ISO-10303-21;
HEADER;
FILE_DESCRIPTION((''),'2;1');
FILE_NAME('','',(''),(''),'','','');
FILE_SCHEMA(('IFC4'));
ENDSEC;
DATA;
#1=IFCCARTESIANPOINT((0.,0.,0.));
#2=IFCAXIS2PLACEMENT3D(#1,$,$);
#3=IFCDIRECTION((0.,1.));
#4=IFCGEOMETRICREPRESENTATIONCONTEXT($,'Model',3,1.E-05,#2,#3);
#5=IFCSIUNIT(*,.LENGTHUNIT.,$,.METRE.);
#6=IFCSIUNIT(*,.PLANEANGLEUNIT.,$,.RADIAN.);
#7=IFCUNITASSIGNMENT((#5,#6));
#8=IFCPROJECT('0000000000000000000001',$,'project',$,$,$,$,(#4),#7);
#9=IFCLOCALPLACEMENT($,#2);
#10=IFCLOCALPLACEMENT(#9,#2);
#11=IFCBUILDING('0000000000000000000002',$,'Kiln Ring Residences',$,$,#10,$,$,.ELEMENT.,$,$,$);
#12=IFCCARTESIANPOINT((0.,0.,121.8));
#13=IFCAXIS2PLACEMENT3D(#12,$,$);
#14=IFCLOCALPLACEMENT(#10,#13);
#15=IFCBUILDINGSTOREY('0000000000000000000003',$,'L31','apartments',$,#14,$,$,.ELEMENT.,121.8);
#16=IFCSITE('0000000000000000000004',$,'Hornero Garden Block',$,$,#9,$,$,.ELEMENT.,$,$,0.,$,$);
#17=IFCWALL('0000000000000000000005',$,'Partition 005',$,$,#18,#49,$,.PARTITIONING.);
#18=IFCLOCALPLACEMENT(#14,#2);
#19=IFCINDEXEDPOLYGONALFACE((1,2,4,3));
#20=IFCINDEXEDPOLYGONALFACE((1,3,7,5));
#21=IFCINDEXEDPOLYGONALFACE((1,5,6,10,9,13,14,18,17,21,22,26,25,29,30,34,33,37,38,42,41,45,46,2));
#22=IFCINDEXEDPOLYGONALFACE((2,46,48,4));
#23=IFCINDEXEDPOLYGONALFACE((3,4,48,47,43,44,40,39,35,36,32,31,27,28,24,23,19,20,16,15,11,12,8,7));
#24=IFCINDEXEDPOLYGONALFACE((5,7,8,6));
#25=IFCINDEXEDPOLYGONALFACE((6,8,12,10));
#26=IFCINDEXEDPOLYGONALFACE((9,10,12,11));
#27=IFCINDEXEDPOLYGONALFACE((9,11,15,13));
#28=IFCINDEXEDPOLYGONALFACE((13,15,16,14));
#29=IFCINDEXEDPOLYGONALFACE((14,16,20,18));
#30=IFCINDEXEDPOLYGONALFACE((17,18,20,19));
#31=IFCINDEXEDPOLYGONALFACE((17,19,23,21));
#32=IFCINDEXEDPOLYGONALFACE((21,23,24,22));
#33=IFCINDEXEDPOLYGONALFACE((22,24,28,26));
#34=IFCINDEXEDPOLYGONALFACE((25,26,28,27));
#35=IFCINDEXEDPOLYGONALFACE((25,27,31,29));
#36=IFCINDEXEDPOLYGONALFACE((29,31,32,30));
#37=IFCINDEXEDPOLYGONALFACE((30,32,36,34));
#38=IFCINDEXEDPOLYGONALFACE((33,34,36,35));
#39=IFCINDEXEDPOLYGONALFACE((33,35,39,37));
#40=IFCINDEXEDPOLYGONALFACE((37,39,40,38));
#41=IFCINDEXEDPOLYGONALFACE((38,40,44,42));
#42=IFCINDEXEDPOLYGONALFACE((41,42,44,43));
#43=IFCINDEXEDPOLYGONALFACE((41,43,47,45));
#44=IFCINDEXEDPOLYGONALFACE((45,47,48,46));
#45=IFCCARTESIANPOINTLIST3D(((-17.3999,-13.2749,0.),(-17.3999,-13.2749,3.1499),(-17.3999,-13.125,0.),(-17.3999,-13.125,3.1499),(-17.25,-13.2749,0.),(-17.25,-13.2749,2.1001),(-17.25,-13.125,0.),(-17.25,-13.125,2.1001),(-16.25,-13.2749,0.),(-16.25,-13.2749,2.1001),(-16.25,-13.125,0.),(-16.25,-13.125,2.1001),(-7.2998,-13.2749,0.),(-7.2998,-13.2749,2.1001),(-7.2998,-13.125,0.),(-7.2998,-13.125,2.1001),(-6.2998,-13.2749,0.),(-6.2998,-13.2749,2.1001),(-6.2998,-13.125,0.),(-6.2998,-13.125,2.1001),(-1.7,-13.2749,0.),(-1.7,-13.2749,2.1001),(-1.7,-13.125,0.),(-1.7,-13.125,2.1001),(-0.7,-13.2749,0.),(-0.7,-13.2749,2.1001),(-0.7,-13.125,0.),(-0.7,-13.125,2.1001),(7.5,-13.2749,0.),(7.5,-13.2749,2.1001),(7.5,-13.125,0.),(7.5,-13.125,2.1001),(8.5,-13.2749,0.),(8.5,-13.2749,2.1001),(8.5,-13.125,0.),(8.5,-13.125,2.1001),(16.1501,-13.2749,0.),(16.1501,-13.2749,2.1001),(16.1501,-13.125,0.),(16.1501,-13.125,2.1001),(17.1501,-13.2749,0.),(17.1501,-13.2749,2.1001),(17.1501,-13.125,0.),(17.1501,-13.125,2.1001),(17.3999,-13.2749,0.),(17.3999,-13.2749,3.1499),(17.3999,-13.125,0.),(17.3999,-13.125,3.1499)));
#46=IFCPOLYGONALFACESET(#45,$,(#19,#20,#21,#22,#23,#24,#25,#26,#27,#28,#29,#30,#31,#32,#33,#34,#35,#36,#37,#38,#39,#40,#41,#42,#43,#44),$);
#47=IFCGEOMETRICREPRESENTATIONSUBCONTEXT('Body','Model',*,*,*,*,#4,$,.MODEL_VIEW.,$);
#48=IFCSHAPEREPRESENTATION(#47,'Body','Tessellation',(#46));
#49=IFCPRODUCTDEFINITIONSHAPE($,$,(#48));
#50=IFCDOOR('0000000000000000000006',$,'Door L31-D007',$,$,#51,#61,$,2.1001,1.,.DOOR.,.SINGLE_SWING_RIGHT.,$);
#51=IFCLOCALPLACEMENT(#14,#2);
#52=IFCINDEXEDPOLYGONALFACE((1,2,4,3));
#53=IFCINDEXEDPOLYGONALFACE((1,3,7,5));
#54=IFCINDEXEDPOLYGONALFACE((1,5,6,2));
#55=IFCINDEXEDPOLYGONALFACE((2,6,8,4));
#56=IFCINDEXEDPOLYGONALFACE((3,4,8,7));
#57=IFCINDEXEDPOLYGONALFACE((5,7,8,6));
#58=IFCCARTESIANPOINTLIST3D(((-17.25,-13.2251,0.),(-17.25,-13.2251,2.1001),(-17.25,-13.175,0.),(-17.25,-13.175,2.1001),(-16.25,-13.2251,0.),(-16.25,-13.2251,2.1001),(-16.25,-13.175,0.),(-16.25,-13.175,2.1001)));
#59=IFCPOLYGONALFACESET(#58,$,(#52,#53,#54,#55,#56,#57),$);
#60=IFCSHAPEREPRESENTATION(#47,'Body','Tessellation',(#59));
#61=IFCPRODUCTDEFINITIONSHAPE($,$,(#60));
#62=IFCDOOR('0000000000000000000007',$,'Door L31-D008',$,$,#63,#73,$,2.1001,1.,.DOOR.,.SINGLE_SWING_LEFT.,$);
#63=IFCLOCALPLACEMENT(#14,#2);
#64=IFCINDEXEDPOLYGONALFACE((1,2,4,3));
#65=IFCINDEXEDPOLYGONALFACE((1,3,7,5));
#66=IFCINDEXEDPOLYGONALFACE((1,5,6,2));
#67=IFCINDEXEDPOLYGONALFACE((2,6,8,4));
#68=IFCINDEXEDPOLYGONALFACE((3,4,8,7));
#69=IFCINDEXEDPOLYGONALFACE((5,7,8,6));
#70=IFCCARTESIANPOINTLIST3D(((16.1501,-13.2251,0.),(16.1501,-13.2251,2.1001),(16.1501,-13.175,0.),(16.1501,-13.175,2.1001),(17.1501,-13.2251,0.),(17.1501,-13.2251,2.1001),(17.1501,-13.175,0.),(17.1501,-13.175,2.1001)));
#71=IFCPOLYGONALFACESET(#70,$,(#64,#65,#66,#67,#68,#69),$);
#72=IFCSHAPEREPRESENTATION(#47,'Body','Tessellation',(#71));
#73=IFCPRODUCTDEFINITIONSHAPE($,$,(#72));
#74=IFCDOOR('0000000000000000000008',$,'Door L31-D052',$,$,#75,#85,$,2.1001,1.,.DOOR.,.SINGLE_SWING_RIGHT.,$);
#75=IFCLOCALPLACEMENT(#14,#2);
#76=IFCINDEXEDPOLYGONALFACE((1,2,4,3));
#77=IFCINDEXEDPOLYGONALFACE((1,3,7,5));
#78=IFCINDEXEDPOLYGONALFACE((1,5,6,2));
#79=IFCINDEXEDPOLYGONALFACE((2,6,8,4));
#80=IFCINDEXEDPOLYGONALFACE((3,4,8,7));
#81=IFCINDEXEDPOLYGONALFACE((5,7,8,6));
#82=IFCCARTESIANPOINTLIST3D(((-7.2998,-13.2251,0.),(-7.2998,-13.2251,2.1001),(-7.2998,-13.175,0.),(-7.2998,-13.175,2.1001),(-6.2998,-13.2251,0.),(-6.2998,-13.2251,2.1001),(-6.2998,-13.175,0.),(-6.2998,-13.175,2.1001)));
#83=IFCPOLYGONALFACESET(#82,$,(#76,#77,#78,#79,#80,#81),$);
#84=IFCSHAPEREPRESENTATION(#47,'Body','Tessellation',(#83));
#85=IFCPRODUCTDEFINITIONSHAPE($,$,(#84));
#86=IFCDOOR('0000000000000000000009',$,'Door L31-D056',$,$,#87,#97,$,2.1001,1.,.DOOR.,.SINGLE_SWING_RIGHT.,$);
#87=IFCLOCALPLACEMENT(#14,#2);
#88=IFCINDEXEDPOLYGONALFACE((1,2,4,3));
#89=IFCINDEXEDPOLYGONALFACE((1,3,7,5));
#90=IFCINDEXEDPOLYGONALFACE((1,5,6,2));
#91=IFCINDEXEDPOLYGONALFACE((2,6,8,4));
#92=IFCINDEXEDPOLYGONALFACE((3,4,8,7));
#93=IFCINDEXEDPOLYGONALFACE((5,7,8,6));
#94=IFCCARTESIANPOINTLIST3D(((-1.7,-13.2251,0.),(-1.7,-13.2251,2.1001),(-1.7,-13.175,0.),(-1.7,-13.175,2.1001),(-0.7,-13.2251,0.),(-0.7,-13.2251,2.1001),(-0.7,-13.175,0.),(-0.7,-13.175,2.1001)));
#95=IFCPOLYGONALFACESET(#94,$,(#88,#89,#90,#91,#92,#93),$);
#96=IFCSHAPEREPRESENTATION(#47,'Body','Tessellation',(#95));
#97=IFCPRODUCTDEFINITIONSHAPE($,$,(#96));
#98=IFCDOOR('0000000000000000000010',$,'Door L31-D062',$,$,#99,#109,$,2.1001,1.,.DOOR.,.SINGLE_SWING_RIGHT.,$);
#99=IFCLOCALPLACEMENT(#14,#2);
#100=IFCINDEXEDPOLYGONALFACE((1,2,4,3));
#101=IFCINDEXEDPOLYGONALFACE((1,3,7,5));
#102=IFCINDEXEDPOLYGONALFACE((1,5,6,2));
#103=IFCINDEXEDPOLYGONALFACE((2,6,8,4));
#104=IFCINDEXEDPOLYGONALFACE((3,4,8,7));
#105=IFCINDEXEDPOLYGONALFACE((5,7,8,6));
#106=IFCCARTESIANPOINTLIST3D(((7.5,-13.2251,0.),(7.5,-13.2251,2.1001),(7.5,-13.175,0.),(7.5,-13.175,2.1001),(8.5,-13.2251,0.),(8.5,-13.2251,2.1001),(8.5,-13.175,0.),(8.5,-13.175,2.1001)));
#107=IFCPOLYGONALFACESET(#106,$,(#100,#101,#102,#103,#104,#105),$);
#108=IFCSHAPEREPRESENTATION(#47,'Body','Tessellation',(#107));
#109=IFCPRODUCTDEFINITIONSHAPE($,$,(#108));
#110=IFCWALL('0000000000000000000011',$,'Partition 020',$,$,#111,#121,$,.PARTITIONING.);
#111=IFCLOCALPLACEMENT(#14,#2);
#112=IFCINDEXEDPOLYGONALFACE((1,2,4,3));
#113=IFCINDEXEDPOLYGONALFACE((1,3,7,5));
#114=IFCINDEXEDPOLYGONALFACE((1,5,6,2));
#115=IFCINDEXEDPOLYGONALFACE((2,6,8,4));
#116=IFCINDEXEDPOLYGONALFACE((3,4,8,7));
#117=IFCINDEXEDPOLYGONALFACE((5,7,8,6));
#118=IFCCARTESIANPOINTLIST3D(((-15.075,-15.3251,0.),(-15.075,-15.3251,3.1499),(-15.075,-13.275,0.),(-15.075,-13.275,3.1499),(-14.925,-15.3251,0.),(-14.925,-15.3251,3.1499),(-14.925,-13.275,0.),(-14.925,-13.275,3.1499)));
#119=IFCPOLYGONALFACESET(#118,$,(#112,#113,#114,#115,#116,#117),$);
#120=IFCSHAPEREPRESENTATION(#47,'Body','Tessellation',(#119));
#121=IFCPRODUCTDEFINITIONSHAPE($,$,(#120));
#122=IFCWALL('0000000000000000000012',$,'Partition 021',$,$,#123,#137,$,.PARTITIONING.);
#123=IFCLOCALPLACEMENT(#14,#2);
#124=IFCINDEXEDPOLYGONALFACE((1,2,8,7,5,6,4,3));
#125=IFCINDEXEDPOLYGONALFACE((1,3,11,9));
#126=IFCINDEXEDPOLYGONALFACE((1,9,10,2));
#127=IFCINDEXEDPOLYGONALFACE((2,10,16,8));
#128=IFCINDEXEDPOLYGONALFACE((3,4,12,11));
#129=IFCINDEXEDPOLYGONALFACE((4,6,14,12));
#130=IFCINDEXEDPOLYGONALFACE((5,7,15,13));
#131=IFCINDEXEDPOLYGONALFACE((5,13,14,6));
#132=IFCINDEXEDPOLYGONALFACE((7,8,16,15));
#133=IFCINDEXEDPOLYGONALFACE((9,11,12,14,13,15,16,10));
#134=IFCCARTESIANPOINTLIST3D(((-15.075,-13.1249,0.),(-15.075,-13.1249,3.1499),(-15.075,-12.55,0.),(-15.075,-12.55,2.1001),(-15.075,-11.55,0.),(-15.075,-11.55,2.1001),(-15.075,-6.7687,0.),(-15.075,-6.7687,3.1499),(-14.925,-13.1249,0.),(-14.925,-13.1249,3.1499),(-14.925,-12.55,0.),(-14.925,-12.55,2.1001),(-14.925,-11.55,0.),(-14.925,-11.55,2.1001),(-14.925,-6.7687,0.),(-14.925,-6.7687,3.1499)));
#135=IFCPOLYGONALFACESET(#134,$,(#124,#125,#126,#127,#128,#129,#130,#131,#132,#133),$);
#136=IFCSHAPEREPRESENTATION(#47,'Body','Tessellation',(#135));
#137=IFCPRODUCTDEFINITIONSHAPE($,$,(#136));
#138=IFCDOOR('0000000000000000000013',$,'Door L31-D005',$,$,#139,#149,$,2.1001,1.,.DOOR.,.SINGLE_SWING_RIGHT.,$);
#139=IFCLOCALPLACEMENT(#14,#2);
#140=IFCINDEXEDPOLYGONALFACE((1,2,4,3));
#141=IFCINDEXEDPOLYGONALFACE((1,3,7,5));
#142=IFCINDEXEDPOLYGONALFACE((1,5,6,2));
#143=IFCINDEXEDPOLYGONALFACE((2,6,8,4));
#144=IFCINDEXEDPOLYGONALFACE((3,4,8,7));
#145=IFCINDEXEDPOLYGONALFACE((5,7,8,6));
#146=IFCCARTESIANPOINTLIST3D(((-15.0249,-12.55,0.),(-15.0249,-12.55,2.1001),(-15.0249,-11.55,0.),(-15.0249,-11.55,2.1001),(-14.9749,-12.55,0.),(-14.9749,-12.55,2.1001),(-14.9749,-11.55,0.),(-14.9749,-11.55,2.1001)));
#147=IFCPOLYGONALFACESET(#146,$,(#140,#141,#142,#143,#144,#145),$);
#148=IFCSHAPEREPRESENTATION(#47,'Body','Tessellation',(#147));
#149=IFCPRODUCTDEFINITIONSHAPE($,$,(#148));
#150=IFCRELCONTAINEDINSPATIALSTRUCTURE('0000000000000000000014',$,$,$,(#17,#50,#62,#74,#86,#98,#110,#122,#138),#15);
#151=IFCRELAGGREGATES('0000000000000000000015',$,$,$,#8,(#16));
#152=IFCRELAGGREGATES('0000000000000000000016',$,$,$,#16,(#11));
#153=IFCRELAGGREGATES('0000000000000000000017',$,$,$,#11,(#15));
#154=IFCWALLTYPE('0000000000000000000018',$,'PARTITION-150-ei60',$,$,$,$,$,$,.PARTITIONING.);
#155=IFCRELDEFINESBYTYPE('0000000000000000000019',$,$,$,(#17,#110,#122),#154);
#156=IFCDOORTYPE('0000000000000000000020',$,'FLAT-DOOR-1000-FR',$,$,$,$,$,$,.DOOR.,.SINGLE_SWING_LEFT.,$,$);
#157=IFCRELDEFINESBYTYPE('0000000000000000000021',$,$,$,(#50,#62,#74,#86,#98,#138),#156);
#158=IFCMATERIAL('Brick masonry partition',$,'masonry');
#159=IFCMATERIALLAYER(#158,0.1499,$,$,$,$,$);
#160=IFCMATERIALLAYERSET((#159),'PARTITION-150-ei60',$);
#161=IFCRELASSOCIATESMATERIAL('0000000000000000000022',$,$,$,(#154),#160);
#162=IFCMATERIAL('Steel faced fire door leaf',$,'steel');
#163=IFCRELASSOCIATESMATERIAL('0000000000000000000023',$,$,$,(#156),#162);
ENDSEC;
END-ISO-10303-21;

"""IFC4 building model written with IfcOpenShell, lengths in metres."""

from ifc_helpers import new_model, si_unit, direction, frame, frame_2d, origin, place, context, subcontext, project, spatial, rectangle, extrude, material, layer, layer_set, type_object, element, fill, save


model = new_model("IFC4")

# Units and contexts
model_context = context("Model", 3, precision=1e-05, world=origin(), true_north=direction((0.0, 1.0)))
body_context = subcontext(model_context, "Body", "Model", "MODEL_VIEW")
ifc_project = project(units=[si_unit("LENGTHUNIT", "METRE"), si_unit("PLANEANGLEUNIT", "RADIAN")], contexts=[model_context])

# Site, building, storey
site_placement = place(None, origin())
site = spatial("IfcSite", under=ifc_project, at=site_placement, Name="Hornero Garden Block", CompositionType="ELEMENT", RefElevation=0.0)
building_placement = place(site_placement, origin())
building = spatial("IfcBuilding", under=site, at=building_placement, Name="Kiln Ring Residences", CompositionType="ELEMENT")
storey_placement = place(building_placement, frame((0.0, 0.0, 121.8)))
storey = spatial("IfcBuildingStorey", under=building, at=storey_placement, Name="L31", Description="apartments", CompositionType="ELEMENT", Elevation=121.8)

# Wall, openings, doors
ifc_material_1 = material(Name="Brick masonry partition", Category="masonry")
ifc_layer_1 = layer(ifc_material_1, 0.1499)
ifc_layer_set_1 = layer_set([ifc_layer_1], Name="PARTITION-150-ei60")
wall_type_1 = type_object("IfcWallType", Name="PARTITION-150-ei60", PredefinedType="PARTITIONING", material=ifc_layer_set_1)
wall_1_placement = place(storey_placement, frame((-17.3999, -13.2, 0.0), z_axis=(0.0, 0.0, 1.0), x_axis=(1.0, 0.0, 0.0)))
wall_1 = element("IfcWall", 1, at=wall_1_placement, inside=storey, type_object=wall_type_1, Name="Partition 005", PredefinedType="PARTITIONING", context=body_context, shape_type="SweptSolid", body=[
    extrude(rectangle(XDim=34.7998, YDim=0.1499, at=frame_2d((17.3999, 0.0))), origin(), (0.0, 0.0, 1.0), 3.1499),
])
opening_1_placement = place(wall_1_placement, frame((0.1499, 0.0, 0.0)))
opening_1 = element("IfcOpeningElement", 2, at=opening_1_placement, cuts=wall_1, PredefinedType="OPENING", context=body_context, shape_type="SweptSolid", body=[
    extrude(rectangle(XDim=1.0, YDim=2.1001, at=frame_2d((0.5, 1.05))), frame((0.0, 0.085, 0.0), z_axis=(0.0, -1.0, 0.0), x_axis=(1.0, 0.0, 0.0)), (0.0, 0.0, 1.0), 0.1699),
])
opening_2_placement = place(wall_1_placement, frame((33.55, 0.0, 0.0)))
opening_2 = element("IfcOpeningElement", 3, at=opening_2_placement, cuts=wall_1, PredefinedType="OPENING", context=body_context, shape_type="SweptSolid", body=[
    extrude(rectangle(XDim=1.0, YDim=2.1001, at=frame_2d((0.5, 1.05))), frame((0.0, 0.085, 0.0), z_axis=(0.0, -1.0, 0.0), x_axis=(1.0, 0.0, 0.0)), (0.0, 0.0, 1.0), 0.1699),
])
opening_3_placement = place(wall_1_placement, frame((10.1001, 0.0, 0.0)))
opening_3 = element("IfcOpeningElement", 4, at=opening_3_placement, cuts=wall_1, PredefinedType="OPENING", context=body_context, shape_type="SweptSolid", body=[
    extrude(rectangle(XDim=1.0, YDim=2.1001, at=frame_2d((0.5, 1.05))), frame((0.0, 0.085, 0.0), z_axis=(0.0, -1.0, 0.0), x_axis=(1.0, 0.0, 0.0)), (0.0, 0.0, 1.0), 0.1699),
])
opening_4_placement = place(wall_1_placement, frame((15.7, 0.0, 0.0)))
opening_4 = element("IfcOpeningElement", 5, at=opening_4_placement, cuts=wall_1, PredefinedType="OPENING", context=body_context, shape_type="SweptSolid", body=[
    extrude(rectangle(XDim=1.0, YDim=2.1001, at=frame_2d((0.5, 1.05))), frame((0.0, 0.085, 0.0), z_axis=(0.0, -1.0, 0.0), x_axis=(1.0, 0.0, 0.0)), (0.0, 0.0, 1.0), 0.1699),
])
opening_5_placement = place(wall_1_placement, frame((24.8999, 0.0, 0.0)))
opening_5 = element("IfcOpeningElement", 6, at=opening_5_placement, cuts=wall_1, PredefinedType="OPENING", context=body_context, shape_type="SweptSolid", body=[
    extrude(rectangle(XDim=1.0, YDim=2.1001, at=frame_2d((0.5, 1.05))), frame((0.0, 0.085, 0.0), z_axis=(0.0, -1.0, 0.0), x_axis=(1.0, 0.0, 0.0)), (0.0, 0.0, 1.0), 0.1699),
])
ifc_material_2 = material(Name="Steel faced fire door leaf", Category="steel")
door_type_1 = type_object("IfcDoorType", Name="FLAT-DOOR-1000-FR", OperationType="SINGLE_SWING_LEFT", PredefinedType="DOOR", material=ifc_material_2)
door_1_placement = place(opening_1_placement, origin())
door_1 = element("IfcDoor", 7, at=door_1_placement, inside=storey, type_object=door_type_1, Name="Door L31-D007", OperationType="SINGLE_SWING_RIGHT", OverallHeight=2.1001, OverallWidth=1.0, PredefinedType="DOOR", context=body_context, shape_type="SweptSolid", body=[
    extrude(rectangle(XDim=1.0, YDim=2.1001, at=frame_2d((0.5, 1.05))), frame((0.0, 0.0249, 0.0), z_axis=(0.0, -1.0, 0.0), x_axis=(1.0, 0.0, 0.0)), (0.0, 0.0, 1.0), 0.05),
])
fill(opening_1, door_1)
door_2_placement = place(opening_2_placement, origin())
door_2 = element("IfcDoor", 8, at=door_2_placement, inside=storey, type_object=door_type_1, Name="Door L31-D008", OperationType="SINGLE_SWING_LEFT", OverallHeight=2.1001, OverallWidth=1.0, PredefinedType="DOOR", context=body_context, shape_type="SweptSolid", body=[
    extrude(rectangle(XDim=1.0, YDim=2.1001, at=frame_2d((0.5, 1.05))), frame((0.0, 0.0249, 0.0), z_axis=(0.0, -1.0, 0.0), x_axis=(1.0, 0.0, 0.0)), (0.0, 0.0, 1.0), 0.05),
])
fill(opening_2, door_2)
door_3_placement = place(opening_3_placement, origin())
door_3 = element("IfcDoor", 9, at=door_3_placement, inside=storey, type_object=door_type_1, Name="Door L31-D052", OperationType="SINGLE_SWING_RIGHT", OverallHeight=2.1001, OverallWidth=1.0, PredefinedType="DOOR", context=body_context, shape_type="SweptSolid", body=[
    extrude(rectangle(XDim=1.0, YDim=2.1001, at=frame_2d((0.5, 1.05))), frame((0.0, 0.0249, 0.0), z_axis=(0.0, -1.0, 0.0), x_axis=(1.0, 0.0, 0.0)), (0.0, 0.0, 1.0), 0.05),
])
fill(opening_3, door_3)
door_4_placement = place(opening_4_placement, origin())
door_4 = element("IfcDoor", 10, at=door_4_placement, inside=storey, type_object=door_type_1, Name="Door L31-D056", OperationType="SINGLE_SWING_RIGHT", OverallHeight=2.1001, OverallWidth=1.0, PredefinedType="DOOR", context=body_context, shape_type="SweptSolid", body=[
    extrude(rectangle(XDim=1.0, YDim=2.1001, at=frame_2d((0.5, 1.05))), frame((0.0, 0.0249, 0.0), z_axis=(0.0, -1.0, 0.0), x_axis=(1.0, 0.0, 0.0)), (0.0, 0.0, 1.0), 0.05),
])
fill(opening_4, door_4)
door_5_placement = place(opening_5_placement, origin())
door_5 = element("IfcDoor", 11, at=door_5_placement, inside=storey, type_object=door_type_1, Name="Door L31-D062", OperationType="SINGLE_SWING_RIGHT", OverallHeight=2.1001, OverallWidth=1.0, PredefinedType="DOOR", context=body_context, shape_type="SweptSolid", body=[
    extrude(rectangle(XDim=1.0, YDim=2.1001, at=frame_2d((0.5, 1.05))), frame((0.0, 0.0249, 0.0), z_axis=(0.0, -1.0, 0.0), x_axis=(1.0, 0.0, 0.0)), (0.0, 0.0, 1.0), 0.05),
])
fill(opening_5, door_5)

# Wall
wall_2_placement = place(storey_placement, frame((-15.0, -15.325, 0.0), z_axis=(0.0, 0.0, 1.0), x_axis=(0.0, 1.0, 0.0)))
element("IfcWall", 12, at=wall_2_placement, inside=storey, type_object=wall_type_1, Name="Partition 020", PredefinedType="PARTITIONING", context=body_context, shape_type="SweptSolid", body=[
    extrude(rectangle(XDim=2.05, YDim=0.1499, at=frame_2d((1.0249, 0.0))), origin(), (0.0, 0.0, 1.0), 3.1499),
])

# Wall, opening, door
wall_3_placement = place(storey_placement, frame((-15.0, -13.125, 0.0), z_axis=(0.0, 0.0, 1.0), x_axis=(0.0, 1.0, 0.0)))
wall_3 = element("IfcWall", 13, at=wall_3_placement, inside=storey, type_object=wall_type_1, Name="Partition 021", PredefinedType="PARTITIONING", context=body_context, shape_type="SweptSolid", body=[
    extrude(rectangle(XDim=6.3562, YDim=0.1499, at=frame_2d((3.1782, 0.0))), origin(), (0.0, 0.0, 1.0), 3.1499),
])
opening_6_placement = place(wall_3_placement, frame((0.575, 0.0, 0.0)))
opening_6 = element("IfcOpeningElement", 14, at=opening_6_placement, cuts=wall_3, PredefinedType="OPENING", context=body_context, shape_type="SweptSolid", body=[
    extrude(rectangle(XDim=1.0, YDim=2.1001, at=frame_2d((0.5, 1.05))), frame((0.0, 0.085, 0.0), z_axis=(0.0, -1.0, 0.0), x_axis=(1.0, 0.0, 0.0)), (0.0, 0.0, 1.0), 0.1699),
])
door_6_placement = place(opening_6_placement, origin())
door_6 = element("IfcDoor", 15, at=door_6_placement, inside=storey, type_object=door_type_1, Name="Door L31-D005", OperationType="SINGLE_SWING_RIGHT", OverallHeight=2.1001, OverallWidth=1.0, PredefinedType="DOOR", context=body_context, shape_type="SweptSolid", body=[
    extrude(rectangle(XDim=1.0, YDim=2.1001, at=frame_2d((0.5, 1.05))), frame((0.0, 0.0249, 0.0), z_axis=(0.0, -1.0, 0.0), x_axis=(1.0, 0.0, 0.0)), (0.0, 0.0, 1.0), 0.05),
])
fill(opening_6, door_6)

save(model, "model.ifc")
